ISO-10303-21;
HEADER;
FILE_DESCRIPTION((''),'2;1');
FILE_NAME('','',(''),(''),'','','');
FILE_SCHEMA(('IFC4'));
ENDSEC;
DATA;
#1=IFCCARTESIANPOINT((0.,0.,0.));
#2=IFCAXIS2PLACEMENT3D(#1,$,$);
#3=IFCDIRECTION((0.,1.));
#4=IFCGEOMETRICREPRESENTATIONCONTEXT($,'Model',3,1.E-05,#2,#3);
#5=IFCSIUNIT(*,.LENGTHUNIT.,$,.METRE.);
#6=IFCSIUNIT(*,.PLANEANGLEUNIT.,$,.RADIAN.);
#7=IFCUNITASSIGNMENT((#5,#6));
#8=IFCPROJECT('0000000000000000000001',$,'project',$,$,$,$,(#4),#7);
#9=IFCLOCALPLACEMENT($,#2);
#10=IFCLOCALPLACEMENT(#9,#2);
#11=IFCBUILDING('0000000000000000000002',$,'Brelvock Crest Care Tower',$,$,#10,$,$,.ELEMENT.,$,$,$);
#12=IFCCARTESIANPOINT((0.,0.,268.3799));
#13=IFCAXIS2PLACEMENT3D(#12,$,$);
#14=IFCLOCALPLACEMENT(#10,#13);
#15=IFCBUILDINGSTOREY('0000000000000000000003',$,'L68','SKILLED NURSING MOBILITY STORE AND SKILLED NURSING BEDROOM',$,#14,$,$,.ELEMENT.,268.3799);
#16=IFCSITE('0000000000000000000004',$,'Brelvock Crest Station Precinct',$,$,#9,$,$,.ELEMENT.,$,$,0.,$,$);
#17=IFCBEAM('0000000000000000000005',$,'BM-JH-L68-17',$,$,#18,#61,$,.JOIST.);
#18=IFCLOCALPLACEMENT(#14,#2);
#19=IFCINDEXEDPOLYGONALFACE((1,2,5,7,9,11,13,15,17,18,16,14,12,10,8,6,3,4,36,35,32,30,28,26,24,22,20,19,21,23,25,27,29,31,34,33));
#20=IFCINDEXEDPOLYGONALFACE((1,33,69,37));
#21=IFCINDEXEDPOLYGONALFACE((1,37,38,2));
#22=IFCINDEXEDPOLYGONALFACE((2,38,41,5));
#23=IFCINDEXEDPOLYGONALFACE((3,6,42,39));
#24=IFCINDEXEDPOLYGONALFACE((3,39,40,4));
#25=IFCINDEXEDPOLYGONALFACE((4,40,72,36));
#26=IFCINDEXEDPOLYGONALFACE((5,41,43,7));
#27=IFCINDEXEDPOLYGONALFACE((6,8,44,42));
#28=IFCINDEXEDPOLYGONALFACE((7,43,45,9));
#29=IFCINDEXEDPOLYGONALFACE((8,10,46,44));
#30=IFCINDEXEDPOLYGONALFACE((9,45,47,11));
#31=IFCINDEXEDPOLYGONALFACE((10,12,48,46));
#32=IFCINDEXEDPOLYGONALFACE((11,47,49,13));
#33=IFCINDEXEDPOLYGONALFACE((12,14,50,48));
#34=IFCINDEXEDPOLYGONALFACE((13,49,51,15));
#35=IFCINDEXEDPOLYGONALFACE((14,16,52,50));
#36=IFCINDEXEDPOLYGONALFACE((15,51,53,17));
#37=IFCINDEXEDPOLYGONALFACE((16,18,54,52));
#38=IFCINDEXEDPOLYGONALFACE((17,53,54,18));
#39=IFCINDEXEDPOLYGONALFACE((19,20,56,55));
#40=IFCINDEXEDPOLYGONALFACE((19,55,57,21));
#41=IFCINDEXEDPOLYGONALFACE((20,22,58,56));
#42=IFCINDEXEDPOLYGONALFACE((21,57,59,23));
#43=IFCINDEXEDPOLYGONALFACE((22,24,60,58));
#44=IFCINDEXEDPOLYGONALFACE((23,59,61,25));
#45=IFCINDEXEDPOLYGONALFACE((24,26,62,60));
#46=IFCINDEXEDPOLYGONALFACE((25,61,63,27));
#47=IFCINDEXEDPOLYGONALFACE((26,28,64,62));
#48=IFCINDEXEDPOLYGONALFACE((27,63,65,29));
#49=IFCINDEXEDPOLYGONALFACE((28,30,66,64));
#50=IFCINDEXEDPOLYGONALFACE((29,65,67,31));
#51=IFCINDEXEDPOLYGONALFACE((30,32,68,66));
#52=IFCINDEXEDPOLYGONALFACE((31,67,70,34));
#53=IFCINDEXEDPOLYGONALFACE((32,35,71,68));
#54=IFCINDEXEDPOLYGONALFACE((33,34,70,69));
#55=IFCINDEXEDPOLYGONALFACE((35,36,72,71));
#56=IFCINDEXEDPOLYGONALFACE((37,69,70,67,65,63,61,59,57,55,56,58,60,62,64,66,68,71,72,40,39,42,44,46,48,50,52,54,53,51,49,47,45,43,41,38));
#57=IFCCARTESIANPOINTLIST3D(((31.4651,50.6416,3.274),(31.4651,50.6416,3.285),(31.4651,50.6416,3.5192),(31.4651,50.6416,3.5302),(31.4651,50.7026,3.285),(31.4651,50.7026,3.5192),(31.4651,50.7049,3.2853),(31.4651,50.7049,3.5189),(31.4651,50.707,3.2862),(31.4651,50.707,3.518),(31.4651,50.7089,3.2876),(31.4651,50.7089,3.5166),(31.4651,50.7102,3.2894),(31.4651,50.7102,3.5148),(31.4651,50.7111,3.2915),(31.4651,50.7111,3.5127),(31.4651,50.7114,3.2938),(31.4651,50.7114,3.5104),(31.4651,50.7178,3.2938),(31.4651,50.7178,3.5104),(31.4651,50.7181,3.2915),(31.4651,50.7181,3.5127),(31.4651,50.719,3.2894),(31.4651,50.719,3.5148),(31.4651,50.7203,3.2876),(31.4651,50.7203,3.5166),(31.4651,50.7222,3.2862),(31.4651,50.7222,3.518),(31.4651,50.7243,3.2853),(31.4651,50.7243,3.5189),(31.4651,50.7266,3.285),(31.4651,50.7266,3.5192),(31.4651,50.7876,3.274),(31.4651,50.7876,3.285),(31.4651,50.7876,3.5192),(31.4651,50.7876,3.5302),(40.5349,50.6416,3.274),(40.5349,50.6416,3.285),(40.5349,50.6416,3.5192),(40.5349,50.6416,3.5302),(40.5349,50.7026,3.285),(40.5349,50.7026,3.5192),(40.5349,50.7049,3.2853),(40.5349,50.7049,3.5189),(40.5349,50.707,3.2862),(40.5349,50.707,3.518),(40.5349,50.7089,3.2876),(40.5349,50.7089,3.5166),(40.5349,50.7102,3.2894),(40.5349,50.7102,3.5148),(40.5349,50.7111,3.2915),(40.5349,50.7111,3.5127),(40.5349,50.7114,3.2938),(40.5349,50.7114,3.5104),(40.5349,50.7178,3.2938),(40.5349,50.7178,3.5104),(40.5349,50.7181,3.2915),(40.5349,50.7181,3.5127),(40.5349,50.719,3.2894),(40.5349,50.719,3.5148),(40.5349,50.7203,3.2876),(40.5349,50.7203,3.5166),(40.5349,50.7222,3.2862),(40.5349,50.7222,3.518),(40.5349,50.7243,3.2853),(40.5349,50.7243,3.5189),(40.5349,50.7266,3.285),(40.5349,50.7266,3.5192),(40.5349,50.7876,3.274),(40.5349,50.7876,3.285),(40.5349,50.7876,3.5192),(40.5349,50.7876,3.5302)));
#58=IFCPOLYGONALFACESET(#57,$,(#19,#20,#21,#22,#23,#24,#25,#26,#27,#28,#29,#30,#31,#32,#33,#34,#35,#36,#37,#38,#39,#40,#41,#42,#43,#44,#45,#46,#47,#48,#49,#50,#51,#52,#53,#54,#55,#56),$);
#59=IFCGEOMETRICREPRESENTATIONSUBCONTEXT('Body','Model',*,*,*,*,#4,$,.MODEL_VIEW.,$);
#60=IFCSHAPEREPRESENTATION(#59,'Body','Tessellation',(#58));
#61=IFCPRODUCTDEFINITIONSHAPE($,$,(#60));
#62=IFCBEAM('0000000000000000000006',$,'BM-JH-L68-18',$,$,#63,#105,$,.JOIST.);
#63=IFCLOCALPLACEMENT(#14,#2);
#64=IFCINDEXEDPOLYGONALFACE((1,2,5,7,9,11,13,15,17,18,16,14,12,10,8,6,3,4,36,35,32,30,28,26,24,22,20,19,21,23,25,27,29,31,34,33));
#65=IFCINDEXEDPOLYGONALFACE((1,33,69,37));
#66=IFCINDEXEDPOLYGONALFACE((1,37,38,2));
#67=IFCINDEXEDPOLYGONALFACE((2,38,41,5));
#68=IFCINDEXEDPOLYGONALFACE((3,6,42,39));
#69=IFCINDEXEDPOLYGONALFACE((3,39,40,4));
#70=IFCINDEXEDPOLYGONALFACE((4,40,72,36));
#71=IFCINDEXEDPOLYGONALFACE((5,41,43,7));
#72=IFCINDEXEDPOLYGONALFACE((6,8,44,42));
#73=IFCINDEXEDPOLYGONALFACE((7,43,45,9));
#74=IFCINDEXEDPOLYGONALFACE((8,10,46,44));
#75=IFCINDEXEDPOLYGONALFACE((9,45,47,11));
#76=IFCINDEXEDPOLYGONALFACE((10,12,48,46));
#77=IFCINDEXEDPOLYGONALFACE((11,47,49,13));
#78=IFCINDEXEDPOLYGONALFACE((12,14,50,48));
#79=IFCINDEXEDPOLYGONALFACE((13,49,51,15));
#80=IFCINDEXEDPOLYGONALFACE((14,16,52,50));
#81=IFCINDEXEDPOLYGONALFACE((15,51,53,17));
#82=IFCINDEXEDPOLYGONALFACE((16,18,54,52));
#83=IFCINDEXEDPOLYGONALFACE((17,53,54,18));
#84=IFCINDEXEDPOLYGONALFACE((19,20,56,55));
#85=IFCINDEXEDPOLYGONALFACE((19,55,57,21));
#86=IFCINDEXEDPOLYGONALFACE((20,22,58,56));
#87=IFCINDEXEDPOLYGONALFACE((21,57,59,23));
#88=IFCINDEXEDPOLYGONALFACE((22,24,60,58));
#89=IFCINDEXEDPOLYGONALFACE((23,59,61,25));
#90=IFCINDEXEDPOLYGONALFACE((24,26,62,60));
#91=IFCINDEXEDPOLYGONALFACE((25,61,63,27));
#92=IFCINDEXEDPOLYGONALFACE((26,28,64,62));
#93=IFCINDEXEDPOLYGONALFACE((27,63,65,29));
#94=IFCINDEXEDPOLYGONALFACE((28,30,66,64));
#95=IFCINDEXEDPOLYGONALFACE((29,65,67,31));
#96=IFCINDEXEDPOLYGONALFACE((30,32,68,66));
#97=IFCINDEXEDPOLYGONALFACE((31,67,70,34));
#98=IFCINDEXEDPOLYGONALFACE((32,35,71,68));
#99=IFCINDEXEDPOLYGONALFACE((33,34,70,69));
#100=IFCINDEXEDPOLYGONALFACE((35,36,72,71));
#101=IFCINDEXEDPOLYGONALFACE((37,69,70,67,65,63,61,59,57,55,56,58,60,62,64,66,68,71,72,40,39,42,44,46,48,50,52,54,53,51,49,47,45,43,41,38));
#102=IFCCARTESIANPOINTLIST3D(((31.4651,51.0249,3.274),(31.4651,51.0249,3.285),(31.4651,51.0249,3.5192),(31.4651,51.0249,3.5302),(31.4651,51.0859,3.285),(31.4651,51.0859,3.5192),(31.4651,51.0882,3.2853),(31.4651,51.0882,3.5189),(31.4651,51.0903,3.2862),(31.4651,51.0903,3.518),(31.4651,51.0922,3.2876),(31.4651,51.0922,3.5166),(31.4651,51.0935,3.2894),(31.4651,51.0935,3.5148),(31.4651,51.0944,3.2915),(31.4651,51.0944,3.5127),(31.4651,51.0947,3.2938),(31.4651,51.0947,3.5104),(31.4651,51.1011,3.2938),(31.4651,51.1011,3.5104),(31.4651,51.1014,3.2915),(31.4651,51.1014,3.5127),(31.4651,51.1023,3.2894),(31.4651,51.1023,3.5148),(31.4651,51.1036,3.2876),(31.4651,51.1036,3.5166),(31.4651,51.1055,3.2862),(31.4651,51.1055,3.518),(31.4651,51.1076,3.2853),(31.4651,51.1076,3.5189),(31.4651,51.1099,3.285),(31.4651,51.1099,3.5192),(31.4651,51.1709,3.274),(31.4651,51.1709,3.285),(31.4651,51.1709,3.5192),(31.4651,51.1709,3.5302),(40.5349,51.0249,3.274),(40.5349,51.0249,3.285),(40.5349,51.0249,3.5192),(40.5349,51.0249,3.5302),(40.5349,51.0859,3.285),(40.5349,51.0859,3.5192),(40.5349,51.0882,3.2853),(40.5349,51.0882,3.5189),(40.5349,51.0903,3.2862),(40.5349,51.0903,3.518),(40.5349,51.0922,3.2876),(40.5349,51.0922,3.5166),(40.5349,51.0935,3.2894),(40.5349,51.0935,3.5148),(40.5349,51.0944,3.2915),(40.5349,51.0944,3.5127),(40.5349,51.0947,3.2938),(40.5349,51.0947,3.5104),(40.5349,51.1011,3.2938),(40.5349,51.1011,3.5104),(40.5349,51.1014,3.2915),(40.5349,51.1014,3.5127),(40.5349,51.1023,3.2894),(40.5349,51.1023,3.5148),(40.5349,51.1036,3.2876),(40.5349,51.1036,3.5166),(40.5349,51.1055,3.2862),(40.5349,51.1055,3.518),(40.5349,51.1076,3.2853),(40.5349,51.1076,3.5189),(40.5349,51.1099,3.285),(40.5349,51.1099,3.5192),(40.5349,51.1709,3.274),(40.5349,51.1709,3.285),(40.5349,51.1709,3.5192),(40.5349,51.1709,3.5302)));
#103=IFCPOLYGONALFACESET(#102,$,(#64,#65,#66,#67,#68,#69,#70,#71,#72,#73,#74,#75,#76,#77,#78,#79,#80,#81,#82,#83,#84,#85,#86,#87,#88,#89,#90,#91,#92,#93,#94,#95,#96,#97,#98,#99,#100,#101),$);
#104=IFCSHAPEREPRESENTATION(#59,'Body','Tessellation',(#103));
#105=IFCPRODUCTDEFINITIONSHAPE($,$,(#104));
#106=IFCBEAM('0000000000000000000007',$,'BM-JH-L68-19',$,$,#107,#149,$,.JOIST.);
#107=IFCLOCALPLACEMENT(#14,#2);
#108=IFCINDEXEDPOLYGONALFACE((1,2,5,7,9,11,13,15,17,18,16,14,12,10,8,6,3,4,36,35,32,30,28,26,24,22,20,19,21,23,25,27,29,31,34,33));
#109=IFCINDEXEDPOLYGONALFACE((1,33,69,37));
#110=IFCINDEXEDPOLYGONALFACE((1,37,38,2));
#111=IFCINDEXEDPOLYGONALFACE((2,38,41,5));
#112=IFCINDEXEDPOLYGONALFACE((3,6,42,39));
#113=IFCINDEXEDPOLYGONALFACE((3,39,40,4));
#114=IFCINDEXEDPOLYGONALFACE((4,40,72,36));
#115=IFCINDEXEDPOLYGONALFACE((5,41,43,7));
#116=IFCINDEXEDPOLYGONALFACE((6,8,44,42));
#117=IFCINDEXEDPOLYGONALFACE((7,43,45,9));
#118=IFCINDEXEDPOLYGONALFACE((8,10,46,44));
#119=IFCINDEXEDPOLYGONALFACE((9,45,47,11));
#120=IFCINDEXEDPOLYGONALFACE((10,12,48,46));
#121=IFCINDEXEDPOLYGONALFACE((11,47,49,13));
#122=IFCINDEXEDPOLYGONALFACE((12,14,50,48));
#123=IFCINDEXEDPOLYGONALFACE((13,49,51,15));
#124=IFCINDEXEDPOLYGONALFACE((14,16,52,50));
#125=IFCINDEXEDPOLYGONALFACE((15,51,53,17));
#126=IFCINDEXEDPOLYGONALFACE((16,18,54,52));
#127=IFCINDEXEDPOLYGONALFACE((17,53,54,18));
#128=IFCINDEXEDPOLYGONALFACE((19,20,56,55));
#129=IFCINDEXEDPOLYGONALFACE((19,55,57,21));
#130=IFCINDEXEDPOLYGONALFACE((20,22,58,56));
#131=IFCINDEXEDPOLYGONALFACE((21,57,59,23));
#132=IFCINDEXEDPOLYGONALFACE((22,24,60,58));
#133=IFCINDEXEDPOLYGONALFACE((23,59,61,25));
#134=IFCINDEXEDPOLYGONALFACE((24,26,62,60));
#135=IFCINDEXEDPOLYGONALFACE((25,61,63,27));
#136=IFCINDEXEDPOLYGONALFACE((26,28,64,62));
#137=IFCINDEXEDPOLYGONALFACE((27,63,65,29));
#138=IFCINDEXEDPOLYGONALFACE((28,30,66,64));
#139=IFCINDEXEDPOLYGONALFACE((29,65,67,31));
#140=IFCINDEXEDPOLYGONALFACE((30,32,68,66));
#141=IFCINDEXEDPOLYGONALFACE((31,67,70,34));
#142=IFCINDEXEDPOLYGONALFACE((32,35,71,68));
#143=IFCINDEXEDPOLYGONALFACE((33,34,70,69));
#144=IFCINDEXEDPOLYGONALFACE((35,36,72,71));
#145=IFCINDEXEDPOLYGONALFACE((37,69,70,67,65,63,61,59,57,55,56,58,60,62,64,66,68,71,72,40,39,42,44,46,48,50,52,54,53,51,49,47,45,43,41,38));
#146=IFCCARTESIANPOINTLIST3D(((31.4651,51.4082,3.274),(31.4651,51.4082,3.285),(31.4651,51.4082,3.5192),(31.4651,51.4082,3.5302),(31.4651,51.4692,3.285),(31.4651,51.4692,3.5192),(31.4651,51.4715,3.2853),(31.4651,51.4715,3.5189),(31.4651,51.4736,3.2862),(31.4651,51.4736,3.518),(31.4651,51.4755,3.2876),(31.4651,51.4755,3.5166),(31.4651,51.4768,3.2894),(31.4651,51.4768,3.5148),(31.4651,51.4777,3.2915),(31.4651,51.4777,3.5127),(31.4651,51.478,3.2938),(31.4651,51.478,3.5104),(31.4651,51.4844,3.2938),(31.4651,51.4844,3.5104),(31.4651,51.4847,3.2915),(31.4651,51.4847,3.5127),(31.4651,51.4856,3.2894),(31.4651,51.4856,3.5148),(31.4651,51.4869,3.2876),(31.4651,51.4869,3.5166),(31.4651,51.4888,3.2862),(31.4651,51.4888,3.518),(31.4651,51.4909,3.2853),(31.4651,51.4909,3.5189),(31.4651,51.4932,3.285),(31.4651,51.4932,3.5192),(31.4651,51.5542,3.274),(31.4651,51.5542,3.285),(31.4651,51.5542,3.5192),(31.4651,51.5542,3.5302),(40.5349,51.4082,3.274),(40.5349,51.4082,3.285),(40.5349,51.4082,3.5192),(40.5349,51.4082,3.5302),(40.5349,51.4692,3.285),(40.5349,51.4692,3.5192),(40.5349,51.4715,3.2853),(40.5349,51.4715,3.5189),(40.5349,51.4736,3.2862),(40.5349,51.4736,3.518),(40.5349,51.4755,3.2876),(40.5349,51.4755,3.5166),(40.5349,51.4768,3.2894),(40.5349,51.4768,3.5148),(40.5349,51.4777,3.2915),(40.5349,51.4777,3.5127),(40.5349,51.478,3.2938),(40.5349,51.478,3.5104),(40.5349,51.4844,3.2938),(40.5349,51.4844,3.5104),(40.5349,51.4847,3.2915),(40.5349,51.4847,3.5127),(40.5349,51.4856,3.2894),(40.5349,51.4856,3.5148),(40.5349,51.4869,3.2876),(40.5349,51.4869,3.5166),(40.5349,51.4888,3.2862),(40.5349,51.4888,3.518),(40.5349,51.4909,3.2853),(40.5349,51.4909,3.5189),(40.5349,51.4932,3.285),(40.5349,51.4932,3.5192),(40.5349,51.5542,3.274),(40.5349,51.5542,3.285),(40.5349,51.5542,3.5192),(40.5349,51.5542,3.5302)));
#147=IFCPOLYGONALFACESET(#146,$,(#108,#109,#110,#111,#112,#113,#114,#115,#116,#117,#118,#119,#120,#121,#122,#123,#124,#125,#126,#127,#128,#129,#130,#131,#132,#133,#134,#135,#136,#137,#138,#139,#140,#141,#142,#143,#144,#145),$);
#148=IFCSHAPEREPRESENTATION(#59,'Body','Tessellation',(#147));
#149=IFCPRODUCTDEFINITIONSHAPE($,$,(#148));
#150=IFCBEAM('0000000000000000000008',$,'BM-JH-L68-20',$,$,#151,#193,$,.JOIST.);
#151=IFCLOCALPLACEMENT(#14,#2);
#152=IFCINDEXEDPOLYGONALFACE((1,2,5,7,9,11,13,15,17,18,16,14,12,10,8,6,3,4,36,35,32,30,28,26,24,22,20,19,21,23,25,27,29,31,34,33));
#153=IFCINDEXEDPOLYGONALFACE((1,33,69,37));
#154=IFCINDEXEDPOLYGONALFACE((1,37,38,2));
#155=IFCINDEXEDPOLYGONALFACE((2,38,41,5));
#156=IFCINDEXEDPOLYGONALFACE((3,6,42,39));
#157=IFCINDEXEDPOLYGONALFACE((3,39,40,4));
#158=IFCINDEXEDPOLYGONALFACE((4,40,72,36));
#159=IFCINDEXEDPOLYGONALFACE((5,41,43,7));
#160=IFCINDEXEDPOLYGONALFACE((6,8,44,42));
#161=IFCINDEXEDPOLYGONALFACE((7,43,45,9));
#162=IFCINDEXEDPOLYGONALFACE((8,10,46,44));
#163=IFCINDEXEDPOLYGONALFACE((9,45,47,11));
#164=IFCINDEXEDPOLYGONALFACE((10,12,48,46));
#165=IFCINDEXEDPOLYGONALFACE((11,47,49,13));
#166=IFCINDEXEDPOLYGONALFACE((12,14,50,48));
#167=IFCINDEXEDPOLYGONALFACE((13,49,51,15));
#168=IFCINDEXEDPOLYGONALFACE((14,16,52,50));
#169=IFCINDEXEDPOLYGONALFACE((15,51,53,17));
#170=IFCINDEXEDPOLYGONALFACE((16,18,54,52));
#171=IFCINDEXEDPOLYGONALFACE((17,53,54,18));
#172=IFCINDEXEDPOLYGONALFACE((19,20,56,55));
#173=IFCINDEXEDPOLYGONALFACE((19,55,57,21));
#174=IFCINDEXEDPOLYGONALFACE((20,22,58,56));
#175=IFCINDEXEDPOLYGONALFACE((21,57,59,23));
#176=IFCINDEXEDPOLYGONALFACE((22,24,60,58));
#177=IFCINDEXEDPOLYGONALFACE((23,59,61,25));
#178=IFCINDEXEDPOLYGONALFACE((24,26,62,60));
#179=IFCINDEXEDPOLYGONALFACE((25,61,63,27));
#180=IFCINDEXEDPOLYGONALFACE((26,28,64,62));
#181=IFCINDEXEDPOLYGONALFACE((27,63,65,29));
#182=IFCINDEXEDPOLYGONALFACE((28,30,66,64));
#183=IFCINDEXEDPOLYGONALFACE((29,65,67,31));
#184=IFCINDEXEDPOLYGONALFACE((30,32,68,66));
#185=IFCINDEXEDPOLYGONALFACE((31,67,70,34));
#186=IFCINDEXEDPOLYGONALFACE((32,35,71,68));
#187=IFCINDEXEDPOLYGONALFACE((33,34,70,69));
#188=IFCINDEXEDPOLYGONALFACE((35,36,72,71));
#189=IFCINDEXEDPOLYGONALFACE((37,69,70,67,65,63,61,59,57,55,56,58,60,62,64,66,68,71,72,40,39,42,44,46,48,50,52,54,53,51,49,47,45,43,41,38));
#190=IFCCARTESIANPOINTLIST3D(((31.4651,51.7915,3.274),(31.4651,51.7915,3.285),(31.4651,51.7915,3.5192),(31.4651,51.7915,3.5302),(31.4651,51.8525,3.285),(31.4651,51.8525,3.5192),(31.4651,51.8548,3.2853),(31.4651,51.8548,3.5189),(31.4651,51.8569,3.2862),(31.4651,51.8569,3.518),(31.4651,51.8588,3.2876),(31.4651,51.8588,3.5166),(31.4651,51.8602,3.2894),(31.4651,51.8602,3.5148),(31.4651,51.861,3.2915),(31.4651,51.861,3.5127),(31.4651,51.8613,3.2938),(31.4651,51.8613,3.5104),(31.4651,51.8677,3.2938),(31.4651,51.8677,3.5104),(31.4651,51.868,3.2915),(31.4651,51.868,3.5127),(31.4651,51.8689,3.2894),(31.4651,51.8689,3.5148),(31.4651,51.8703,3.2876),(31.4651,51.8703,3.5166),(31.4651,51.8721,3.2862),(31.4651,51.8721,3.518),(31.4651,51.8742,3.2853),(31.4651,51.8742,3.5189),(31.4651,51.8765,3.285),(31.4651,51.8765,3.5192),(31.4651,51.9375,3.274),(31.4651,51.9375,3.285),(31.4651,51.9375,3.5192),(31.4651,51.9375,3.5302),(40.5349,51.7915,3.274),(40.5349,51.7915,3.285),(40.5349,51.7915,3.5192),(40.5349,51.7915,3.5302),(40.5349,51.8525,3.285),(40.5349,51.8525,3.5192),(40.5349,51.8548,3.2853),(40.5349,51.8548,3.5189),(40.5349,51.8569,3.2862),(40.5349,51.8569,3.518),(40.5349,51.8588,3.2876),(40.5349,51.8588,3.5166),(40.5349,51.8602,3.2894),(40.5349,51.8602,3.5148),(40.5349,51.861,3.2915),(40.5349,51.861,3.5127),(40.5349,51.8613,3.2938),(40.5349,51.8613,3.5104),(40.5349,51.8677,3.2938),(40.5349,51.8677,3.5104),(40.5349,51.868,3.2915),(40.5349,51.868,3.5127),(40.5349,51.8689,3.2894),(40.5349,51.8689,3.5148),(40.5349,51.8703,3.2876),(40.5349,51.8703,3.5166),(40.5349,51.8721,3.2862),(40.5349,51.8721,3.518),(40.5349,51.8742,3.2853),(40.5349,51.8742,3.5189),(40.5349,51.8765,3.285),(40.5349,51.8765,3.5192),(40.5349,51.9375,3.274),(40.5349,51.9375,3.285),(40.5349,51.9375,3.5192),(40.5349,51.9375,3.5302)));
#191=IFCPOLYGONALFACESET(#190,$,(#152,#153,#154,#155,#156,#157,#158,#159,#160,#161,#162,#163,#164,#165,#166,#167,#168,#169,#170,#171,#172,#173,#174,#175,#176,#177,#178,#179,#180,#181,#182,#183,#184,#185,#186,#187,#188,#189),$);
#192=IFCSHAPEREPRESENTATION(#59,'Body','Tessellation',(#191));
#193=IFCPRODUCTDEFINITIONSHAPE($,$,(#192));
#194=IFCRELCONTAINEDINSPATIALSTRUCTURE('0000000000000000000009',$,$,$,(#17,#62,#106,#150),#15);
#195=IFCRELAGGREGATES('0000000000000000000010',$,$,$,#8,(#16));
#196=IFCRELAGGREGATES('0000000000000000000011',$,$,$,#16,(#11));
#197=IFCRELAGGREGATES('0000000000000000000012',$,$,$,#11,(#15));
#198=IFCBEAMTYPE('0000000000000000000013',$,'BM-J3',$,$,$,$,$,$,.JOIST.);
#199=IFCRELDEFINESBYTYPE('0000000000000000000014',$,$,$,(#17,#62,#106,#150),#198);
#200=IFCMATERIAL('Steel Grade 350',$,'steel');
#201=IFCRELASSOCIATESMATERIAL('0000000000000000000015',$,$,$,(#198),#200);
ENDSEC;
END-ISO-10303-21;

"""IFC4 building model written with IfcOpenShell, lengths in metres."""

from ifc_helpers import new_model, si_unit, direction, frame, origin, origin_2d, place, context, subcontext, project, spatial, i_section, extrude, source, transform, mapped, material, material_profile, profile_set, type_object, element, save


model = new_model("IFC4")

# Units and contexts
model_context = context("Model", 3, precision=1e-05, world=origin(), true_north=direction((0.0, 1.0)))
body_context = subcontext(model_context, "Body", "Model", "MODEL_VIEW")
ifc_project = project(units=[si_unit("LENGTHUNIT", "METRE"), si_unit("PLANEANGLEUNIT", "RADIAN")], contexts=[model_context])

# Site, building, storey
site_placement = place(None, origin())
site = spatial("IfcSite", under=ifc_project, at=site_placement, Name="Brelvock Crest Station Precinct", CompositionType="ELEMENT", RefElevation=0.0)
building_placement = place(site_placement, origin())
building = spatial("IfcBuilding", under=site, at=building_placement, Name="Brelvock Crest Care Tower", CompositionType="ELEMENT")
storey_placement = place(building_placement, frame((0.0, 0.0, 268.3799)))
storey = spatial("IfcBuildingStorey", under=building, at=storey_placement, Name="L68", Description="SKILLED NURSING MOBILITY STORE AND SKILLED NURSING BEDROOM", CompositionType="ELEMENT", Elevation=268.3799)

# Beams
ifc_material_1 = material(Name="Steel Grade 350", Category="steel")
ifc_material_profile_1 = material_profile(ifc_material_1, i_section(OverallWidth=0.146, OverallDepth=0.2561, WebThickness=0.0063, FlangeThickness=0.011, FilletRadius=0.0088, at=origin_2d()), Name="250UB37.3")
ifc_profile_set_1 = profile_set([ifc_material_profile_1], Name="Steel Grade 350")
beam_type_1 = type_object("IfcBeamType", Name="BM-J3", PredefinedType="JOIST", material=ifc_profile_set_1)
shared_shape_1 = source(origin(), body_context, "Body", "SweptSolid", [
    extrude(i_section(OverallWidth=0.146, OverallDepth=0.2561, WebThickness=0.0063, FlangeThickness=0.011, FilletRadius=0.0088, at=origin_2d()), origin(), (0.0, 0.0, 1.0), 9.0698),
])
for number, where, z_axis, x_axis, name in (
    (1, (31.4651, 50.7146, 3.4021), (1.0, 0.0, 0.0), (0.0, 1.0, 0.0), "BM-JH-L68-17"),
    (2, (31.4651, 51.0979, 3.4021), (1.0, 0.0, 0.0), (0.0, 1.0, 0.0), "BM-JH-L68-18"),
    (3, (31.4651, 51.4812, 3.4021), (1.0, 0.0, 0.0), (0.0, 1.0, 0.0), "BM-JH-L68-19"),
    (4, (31.4651, 51.8645, 3.4021), (1.0, 0.0, 0.0), (0.0, 1.0, 0.0), "BM-JH-L68-20"),
):
    element("IfcBeam", number, at=place(storey_placement, frame(where, z_axis=z_axis, x_axis=x_axis)), inside=storey, type_object=beam_type_1, Name=name, PredefinedType="JOIST", context=body_context, shape_type="MappedRepresentation", body=[
        mapped(shared_shape_1, transform((0.0, 0.0, 0.0), x_axis=(1.0, 0.0, 0.0), y_axis=(0.0, 1.0, 0.0), z_axis=(0.0, 0.0, 1.0), scale=1.0)),
    ])

save(model, "model.ifc")
